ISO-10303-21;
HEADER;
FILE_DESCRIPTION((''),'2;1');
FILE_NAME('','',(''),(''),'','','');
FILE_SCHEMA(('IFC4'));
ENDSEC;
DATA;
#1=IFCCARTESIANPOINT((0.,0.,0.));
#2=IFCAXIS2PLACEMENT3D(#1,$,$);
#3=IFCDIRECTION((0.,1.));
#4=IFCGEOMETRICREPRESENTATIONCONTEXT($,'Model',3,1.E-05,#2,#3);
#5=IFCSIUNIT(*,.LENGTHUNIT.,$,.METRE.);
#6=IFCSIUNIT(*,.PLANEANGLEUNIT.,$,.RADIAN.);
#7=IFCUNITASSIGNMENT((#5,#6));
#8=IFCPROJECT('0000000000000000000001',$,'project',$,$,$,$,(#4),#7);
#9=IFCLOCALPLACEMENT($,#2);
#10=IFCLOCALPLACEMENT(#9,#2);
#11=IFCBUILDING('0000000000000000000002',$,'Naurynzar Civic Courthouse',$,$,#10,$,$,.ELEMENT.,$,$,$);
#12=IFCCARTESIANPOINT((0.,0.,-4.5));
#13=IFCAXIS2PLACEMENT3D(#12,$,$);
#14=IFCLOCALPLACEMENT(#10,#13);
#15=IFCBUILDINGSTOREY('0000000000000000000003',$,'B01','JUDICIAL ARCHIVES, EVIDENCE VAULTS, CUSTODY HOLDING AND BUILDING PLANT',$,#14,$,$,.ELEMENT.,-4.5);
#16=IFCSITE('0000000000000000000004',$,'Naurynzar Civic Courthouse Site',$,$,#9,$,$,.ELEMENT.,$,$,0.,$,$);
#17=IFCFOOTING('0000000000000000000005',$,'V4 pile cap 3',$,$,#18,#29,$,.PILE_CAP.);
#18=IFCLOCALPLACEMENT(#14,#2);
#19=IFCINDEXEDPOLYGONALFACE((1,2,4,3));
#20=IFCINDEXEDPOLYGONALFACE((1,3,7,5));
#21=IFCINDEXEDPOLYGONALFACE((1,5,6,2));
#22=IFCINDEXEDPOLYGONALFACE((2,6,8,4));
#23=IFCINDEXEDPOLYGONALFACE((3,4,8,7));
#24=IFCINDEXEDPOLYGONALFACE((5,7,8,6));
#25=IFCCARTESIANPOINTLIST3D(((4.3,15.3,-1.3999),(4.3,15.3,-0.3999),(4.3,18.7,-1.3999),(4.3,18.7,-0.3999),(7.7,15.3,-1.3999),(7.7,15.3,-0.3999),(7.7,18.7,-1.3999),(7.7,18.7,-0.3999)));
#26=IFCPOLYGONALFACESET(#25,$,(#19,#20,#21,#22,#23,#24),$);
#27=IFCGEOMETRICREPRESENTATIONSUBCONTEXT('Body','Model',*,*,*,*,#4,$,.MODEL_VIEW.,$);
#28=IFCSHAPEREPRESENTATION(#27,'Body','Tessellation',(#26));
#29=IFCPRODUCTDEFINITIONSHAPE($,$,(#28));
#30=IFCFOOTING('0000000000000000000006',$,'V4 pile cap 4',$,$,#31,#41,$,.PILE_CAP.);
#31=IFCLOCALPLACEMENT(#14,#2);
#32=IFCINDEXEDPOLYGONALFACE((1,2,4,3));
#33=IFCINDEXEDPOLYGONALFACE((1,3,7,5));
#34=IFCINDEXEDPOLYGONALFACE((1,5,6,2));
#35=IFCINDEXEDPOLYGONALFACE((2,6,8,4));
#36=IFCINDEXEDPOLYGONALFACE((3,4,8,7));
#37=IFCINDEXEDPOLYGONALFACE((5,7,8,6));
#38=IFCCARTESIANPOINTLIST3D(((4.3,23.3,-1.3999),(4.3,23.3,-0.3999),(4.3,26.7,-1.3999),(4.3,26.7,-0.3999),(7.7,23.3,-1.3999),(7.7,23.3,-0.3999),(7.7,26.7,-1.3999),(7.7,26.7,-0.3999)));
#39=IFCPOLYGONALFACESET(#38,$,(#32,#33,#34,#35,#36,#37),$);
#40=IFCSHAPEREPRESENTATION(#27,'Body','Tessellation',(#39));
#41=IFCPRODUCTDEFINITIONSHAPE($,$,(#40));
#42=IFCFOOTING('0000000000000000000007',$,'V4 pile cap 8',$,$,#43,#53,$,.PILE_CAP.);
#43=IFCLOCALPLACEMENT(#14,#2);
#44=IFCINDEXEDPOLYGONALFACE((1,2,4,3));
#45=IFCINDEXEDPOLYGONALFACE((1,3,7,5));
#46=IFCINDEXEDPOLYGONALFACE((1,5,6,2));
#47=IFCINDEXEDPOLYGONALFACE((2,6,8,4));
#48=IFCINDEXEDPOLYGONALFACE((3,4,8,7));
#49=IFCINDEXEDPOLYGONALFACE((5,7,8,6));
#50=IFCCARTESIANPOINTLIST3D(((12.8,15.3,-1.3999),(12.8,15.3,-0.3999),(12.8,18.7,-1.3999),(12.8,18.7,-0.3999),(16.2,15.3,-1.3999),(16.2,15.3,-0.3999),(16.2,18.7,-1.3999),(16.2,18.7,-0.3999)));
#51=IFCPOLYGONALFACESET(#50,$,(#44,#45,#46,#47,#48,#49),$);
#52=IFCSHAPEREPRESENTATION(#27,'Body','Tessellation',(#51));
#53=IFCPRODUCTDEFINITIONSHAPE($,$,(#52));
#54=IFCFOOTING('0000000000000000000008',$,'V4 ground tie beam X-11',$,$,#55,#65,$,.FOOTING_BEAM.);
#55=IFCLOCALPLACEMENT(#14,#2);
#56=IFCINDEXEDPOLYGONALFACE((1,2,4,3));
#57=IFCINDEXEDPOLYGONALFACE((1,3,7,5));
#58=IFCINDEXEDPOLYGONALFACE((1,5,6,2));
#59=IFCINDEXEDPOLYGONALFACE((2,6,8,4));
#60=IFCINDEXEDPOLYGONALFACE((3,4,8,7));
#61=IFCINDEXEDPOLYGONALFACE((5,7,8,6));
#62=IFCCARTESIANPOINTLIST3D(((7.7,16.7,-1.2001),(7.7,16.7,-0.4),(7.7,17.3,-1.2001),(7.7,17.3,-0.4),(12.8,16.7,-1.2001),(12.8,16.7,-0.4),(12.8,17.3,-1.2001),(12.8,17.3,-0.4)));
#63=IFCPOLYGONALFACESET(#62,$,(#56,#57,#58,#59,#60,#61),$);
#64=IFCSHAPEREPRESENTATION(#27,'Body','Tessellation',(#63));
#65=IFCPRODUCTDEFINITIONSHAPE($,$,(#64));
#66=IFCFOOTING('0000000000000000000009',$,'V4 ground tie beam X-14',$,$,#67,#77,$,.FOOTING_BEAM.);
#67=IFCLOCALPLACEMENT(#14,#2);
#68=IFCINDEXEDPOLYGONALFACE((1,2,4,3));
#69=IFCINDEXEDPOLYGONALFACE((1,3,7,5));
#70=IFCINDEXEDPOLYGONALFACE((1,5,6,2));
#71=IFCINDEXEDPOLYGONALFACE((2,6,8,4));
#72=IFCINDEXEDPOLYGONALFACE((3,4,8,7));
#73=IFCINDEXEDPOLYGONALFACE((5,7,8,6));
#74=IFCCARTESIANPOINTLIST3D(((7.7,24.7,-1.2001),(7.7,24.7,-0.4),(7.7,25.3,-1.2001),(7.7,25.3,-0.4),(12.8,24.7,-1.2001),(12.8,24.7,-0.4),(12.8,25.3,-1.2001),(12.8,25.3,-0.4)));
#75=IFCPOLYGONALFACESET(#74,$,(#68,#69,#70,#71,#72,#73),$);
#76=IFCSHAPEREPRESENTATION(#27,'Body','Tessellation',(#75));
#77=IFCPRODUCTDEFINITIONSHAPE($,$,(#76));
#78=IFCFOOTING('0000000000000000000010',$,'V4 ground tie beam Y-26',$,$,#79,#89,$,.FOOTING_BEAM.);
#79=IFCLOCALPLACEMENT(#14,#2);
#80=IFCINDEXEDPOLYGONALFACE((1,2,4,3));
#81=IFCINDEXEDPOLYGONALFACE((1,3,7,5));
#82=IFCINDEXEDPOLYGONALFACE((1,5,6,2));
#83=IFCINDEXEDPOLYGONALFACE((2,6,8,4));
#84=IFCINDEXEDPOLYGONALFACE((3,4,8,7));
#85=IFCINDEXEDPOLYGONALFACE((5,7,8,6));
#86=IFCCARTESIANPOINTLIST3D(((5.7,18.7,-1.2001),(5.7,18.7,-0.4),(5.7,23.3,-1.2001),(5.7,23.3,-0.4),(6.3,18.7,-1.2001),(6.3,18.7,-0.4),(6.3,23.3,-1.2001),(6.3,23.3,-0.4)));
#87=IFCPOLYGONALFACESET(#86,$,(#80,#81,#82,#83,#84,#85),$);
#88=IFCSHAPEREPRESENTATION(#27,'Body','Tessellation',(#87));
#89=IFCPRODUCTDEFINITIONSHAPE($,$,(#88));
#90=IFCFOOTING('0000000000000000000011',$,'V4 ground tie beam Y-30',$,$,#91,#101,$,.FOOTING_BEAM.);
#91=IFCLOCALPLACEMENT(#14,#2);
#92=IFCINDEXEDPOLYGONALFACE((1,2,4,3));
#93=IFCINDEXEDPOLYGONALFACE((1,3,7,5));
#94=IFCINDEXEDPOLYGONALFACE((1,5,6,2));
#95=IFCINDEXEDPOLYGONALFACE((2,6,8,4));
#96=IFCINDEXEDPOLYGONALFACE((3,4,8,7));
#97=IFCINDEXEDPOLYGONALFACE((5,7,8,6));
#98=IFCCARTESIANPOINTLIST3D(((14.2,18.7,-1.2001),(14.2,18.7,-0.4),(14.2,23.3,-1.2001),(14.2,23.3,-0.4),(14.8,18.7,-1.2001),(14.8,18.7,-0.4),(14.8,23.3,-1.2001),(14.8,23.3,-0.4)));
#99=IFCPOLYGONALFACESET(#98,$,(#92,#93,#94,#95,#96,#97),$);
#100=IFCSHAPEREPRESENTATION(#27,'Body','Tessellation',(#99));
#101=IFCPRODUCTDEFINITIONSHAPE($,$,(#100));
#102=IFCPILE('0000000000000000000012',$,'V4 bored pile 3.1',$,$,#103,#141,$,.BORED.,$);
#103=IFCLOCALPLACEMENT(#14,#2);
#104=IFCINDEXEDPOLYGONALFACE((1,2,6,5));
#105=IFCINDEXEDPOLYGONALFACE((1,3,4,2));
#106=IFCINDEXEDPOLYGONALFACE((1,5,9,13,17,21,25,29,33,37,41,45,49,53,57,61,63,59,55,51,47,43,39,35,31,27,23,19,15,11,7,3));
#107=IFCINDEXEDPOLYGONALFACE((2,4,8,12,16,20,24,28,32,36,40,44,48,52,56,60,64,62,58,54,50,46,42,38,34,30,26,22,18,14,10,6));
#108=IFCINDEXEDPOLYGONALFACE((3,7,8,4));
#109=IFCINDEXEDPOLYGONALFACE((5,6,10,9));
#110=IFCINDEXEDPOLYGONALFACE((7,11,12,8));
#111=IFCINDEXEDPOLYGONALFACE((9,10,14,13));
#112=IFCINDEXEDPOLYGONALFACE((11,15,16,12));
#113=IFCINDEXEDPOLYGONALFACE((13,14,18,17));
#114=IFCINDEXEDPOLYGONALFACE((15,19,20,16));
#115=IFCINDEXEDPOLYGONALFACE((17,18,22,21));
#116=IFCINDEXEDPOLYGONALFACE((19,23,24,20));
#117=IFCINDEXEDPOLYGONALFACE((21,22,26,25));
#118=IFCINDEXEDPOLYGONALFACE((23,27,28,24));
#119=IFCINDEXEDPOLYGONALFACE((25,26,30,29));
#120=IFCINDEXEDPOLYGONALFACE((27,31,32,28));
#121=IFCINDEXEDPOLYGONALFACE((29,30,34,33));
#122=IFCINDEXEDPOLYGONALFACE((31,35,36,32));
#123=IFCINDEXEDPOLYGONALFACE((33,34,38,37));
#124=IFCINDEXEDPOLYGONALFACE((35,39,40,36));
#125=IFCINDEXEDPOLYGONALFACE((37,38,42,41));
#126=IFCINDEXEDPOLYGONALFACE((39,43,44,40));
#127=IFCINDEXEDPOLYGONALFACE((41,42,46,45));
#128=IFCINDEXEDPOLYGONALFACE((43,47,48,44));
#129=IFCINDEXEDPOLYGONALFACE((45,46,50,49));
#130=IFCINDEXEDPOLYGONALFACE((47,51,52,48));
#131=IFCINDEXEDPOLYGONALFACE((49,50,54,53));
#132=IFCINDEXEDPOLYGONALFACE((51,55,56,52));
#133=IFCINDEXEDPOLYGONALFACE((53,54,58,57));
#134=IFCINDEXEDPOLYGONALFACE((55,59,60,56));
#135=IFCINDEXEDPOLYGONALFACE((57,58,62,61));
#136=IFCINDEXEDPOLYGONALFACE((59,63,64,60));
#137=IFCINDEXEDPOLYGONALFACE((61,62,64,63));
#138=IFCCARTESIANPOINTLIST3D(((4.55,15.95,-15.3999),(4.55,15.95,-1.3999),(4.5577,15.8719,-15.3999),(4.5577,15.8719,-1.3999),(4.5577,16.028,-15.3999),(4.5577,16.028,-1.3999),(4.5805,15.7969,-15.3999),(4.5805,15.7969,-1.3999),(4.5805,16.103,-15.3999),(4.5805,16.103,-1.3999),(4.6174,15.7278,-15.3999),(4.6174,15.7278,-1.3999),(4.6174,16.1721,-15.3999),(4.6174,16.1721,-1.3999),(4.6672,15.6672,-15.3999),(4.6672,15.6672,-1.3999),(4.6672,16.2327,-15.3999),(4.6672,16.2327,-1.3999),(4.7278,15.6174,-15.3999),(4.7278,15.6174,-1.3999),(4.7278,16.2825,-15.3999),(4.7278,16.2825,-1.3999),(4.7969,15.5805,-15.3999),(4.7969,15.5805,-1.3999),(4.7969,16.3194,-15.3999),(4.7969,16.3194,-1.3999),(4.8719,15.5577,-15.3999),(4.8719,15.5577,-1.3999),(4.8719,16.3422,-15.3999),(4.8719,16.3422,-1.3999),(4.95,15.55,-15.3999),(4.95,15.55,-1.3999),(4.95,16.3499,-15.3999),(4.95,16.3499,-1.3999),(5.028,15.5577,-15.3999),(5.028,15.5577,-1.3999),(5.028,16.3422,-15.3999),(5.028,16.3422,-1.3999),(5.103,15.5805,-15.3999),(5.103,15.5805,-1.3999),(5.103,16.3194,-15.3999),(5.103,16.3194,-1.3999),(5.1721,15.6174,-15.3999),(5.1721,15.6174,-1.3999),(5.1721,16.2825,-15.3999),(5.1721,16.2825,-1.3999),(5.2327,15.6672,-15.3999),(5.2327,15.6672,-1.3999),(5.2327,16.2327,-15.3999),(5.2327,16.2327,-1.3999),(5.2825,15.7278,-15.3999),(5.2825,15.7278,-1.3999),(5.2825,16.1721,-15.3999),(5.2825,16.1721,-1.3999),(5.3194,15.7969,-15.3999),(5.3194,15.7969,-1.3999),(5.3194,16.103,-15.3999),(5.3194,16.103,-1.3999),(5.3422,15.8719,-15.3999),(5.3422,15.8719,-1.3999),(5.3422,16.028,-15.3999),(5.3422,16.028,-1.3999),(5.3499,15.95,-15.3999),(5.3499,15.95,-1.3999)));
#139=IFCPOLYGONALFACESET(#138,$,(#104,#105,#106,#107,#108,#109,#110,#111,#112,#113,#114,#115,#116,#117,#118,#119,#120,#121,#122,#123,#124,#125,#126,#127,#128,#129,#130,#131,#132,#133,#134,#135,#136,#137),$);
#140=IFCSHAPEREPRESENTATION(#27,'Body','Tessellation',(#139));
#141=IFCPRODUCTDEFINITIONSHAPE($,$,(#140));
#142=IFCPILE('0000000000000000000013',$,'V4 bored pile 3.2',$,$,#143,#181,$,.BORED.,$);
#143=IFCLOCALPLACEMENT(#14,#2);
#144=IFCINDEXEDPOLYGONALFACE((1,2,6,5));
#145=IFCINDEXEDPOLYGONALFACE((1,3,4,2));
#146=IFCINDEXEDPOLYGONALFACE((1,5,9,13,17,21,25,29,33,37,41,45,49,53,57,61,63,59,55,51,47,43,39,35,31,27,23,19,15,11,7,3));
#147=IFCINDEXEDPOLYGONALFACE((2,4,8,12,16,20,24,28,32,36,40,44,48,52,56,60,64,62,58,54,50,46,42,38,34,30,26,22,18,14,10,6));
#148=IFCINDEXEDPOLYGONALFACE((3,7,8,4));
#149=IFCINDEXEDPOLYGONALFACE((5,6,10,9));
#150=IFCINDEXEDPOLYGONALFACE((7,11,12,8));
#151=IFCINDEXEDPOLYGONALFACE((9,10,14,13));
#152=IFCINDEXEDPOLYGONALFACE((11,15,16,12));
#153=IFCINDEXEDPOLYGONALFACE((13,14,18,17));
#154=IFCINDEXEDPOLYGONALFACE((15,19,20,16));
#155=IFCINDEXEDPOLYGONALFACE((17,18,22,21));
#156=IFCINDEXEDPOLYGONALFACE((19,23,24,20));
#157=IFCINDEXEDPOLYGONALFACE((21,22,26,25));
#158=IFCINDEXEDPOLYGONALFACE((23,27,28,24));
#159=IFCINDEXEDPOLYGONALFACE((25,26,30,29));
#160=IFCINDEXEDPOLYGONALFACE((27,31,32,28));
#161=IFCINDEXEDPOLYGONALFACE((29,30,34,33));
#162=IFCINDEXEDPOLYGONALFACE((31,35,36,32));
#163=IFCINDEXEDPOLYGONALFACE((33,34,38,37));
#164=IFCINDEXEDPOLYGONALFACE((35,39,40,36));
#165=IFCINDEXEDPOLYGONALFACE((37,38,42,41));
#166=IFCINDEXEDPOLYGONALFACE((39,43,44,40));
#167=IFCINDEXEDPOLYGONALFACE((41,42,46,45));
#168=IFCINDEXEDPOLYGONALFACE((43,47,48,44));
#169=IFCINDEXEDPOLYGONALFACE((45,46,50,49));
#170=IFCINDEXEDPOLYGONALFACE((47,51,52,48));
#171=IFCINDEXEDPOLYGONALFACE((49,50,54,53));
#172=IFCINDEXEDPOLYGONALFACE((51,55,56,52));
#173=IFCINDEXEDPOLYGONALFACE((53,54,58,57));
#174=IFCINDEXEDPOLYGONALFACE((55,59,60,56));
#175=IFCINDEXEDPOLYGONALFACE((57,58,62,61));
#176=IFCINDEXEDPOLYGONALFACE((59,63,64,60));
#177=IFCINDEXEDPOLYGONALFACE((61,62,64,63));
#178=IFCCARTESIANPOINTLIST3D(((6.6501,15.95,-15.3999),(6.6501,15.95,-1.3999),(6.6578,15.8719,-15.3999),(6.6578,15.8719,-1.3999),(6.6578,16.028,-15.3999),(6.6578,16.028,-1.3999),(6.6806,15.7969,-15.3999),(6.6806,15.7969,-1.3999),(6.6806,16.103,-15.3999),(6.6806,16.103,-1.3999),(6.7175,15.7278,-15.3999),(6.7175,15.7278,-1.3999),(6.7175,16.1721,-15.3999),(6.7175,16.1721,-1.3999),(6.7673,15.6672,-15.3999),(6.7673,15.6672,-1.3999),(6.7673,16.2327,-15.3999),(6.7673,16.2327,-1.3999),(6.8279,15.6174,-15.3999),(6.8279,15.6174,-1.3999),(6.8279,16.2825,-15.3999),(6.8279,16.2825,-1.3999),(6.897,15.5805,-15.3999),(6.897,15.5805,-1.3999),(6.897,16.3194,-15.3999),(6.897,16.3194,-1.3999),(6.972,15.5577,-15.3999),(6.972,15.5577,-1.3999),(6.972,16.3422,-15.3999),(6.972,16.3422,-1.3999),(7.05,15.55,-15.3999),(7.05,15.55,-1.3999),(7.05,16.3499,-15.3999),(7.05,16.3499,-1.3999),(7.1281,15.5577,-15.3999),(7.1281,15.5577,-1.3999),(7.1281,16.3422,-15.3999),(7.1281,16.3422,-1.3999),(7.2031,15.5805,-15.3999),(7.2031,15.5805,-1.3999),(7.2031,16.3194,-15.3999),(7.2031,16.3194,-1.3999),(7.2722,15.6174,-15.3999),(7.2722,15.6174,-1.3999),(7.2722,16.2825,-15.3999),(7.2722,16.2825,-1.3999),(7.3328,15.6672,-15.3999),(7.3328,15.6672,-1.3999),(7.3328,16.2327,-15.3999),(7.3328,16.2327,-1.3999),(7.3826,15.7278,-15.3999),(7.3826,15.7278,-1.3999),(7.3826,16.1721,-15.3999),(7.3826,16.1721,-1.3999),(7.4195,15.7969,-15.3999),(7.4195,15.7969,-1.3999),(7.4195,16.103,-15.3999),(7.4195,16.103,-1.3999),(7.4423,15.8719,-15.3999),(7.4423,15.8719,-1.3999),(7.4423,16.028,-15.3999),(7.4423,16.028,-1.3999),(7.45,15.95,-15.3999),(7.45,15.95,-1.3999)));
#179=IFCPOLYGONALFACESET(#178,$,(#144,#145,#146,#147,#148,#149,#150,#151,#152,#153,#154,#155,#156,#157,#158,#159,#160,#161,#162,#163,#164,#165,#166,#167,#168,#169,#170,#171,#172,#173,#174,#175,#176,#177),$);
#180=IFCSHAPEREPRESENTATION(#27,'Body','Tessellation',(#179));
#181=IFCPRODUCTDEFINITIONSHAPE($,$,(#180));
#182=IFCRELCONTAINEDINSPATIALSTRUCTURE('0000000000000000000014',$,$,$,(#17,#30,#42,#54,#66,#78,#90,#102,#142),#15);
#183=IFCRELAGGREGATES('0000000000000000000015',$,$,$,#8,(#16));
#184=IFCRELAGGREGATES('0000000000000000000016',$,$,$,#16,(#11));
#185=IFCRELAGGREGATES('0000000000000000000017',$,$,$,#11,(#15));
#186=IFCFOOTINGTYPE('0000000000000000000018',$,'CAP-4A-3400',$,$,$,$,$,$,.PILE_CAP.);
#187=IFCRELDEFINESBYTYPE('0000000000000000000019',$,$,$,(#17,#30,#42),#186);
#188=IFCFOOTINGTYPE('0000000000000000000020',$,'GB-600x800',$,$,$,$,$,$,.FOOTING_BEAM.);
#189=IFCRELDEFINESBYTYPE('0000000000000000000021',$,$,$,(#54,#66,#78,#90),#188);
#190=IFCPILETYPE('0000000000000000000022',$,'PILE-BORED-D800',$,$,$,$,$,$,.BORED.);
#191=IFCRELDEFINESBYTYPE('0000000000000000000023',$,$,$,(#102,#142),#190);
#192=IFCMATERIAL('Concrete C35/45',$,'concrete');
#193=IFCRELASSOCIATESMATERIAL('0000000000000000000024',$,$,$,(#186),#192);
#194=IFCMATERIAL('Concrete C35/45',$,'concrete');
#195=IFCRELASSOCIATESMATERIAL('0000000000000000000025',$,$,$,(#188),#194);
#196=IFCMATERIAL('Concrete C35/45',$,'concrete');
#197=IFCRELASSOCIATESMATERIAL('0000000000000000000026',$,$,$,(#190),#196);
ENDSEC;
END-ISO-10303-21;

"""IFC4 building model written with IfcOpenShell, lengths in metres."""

from ifc_helpers import new_model, si_unit, direction, frame, origin, origin_2d, place, context, subcontext, project, spatial, rectangle, circle, extrude, material, material_profile, profile_set, type_object, element, save


model = new_model("IFC4")

# Units and contexts
model_context = context("Model", 3, precision=1e-05, world=origin(), true_north=direction((0.0, 1.0)))
body_context = subcontext(model_context, "Body", "Model", "MODEL_VIEW")
ifc_project = project(units=[si_unit("LENGTHUNIT", "METRE"), si_unit("PLANEANGLEUNIT", "RADIAN")], contexts=[model_context])

# Site, building, storey
site_placement = place(None, origin())
site = spatial("IfcSite", under=ifc_project, at=site_placement, Name="Naurynzar Civic Courthouse Site", CompositionType="ELEMENT", RefElevation=0.0)
building_placement = place(site_placement, origin())
building = spatial("IfcBuilding", under=site, at=building_placement, Name="Naurynzar Civic Courthouse", CompositionType="ELEMENT")
storey_placement = place(building_placement, frame((0.0, 0.0, -4.5)))
storey = spatial("IfcBuildingStorey", under=building, at=storey_placement, Name="B01", Description="JUDICIAL ARCHIVES, EVIDENCE VAULTS, CUSTODY HOLDING AND BUILDING PLANT", CompositionType="ELEMENT", Elevation=-4.5)

# Footings
ifc_material_1 = material(Name="Concrete C35/45", Category="concrete")
footing_type_1 = type_object("IfcFootingType", Name="CAP-4A-3400", PredefinedType="PILE_CAP", material=ifc_material_1)
for number, where, z_axis, x_axis, name in (
    (1, (6.0, 17.0, -1.3999), (0.0, 0.0, 1.0), (1.0, 0.0, 0.0), "V4 pile cap 3"),
    (2, (6.0, 25.0, -1.3999), (0.0, 0.0, 1.0), (1.0, 0.0, 0.0), "V4 pile cap 4"),
    (3, (14.5, 17.0, -1.3999), (0.0, 0.0, 1.0), (1.0, 0.0, 0.0), "V4 pile cap 8"),
):
    element("IfcFooting", number, at=place(storey_placement, frame(where, z_axis=z_axis, x_axis=x_axis)), inside=storey, type_object=footing_type_1, Name=name, PredefinedType="PILE_CAP", context=body_context, shape_type="SweptSolid", body=[
        extrude(rectangle(XDim=3.3999, YDim=3.3999, at=origin_2d()), origin(), (0.0, 0.0, 1.0), 1.0),
    ])
ifc_material_2 = material(Name="Concrete C35/45", Category="concrete")
ifc_material_profile_1 = material_profile(ifc_material_2, rectangle(XDim=0.6001, YDim=0.8, at=origin_2d()), Name="GB 600x800")
ifc_profile_set_1 = profile_set([ifc_material_profile_1], Name="Concrete C35/45")
footing_type_2 = type_object("IfcFootingType", Name="GB-600x800", PredefinedType="FOOTING_BEAM", material=ifc_profile_set_1)
for number, where, z_axis, x_axis, name in (
    (4, (7.7, 17.0, -0.8), (1.0, 0.0, 0.0), (0.0, 1.0, 0.0), "V4 ground tie beam X-11"),
    (5, (7.7, 25.0, -0.8), (1.0, 0.0, 0.0), (0.0, 1.0, 0.0), "V4 ground tie beam X-14"),
):
    element("IfcFooting", number, at=place(storey_placement, frame(where, z_axis=z_axis, x_axis=x_axis)), inside=storey, type_object=footing_type_2, Name=name, PredefinedType="FOOTING_BEAM", context=body_context, shape_type="SweptSolid", body=[
        extrude(rectangle(XDim=0.6001, YDim=0.8, at=origin_2d()), origin(), (0.0, 0.0, 1.0), 5.1001),
    ])
for number, where, z_axis, x_axis, name in (
    (6, (6.0, 18.7, -0.8), (0.0, 1.0, 0.0), (-1.0, 0.0, 0.0), "V4 ground tie beam Y-26"),
    (7, (14.5, 18.7, -0.8), (0.0, 1.0, 0.0), (-1.0, 0.0, 0.0), "V4 ground tie beam Y-30"),
):
    element("IfcFooting", number, at=place(storey_placement, frame(where, z_axis=z_axis, x_axis=x_axis)), inside=storey, type_object=footing_type_2, Name=name, PredefinedType="FOOTING_BEAM", context=body_context, shape_type="SweptSolid", body=[
        extrude(rectangle(XDim=0.6001, YDim=0.8, at=origin_2d()), origin(), (0.0, 0.0, 1.0), 4.6001),
    ])

# Piles
ifc_material_3 = material(Name="Concrete C35/45", Category="concrete")
ifc_material_profile_2 = material_profile(ifc_material_3, circle(Radius=0.3999, at=origin_2d()), Name="PILE D800")
ifc_profile_set_2 = profile_set([ifc_material_profile_2], Name="Concrete C35/45")
pile_type = type_object("IfcPileType", Name="PILE-BORED-D800", PredefinedType="BORED", material=ifc_profile_set_2)
for number, where, z_axis, x_axis, name in (
    (8, (4.95, 15.95, -1.3999), (0.0, 0.0, -1.0), (1.0, 0.0, 0.0), "V4 bored pile 3.1"),
    (9, (7.05, 15.95, -1.3999), (0.0, 0.0, -1.0), (1.0, 0.0, 0.0), "V4 bored pile 3.2"),
):
    element("IfcPile", number, at=place(storey_placement, frame(where, z_axis=z_axis, x_axis=x_axis)), inside=storey, type_object=pile_type, Name=name, PredefinedType="BORED", context=body_context, shape_type="SweptSolid", body=[
        extrude(circle(Radius=0.3999, at=origin_2d()), origin(), (0.0, 0.0, 1.0), 14.0),
    ])

save(model, "model.ifc")
